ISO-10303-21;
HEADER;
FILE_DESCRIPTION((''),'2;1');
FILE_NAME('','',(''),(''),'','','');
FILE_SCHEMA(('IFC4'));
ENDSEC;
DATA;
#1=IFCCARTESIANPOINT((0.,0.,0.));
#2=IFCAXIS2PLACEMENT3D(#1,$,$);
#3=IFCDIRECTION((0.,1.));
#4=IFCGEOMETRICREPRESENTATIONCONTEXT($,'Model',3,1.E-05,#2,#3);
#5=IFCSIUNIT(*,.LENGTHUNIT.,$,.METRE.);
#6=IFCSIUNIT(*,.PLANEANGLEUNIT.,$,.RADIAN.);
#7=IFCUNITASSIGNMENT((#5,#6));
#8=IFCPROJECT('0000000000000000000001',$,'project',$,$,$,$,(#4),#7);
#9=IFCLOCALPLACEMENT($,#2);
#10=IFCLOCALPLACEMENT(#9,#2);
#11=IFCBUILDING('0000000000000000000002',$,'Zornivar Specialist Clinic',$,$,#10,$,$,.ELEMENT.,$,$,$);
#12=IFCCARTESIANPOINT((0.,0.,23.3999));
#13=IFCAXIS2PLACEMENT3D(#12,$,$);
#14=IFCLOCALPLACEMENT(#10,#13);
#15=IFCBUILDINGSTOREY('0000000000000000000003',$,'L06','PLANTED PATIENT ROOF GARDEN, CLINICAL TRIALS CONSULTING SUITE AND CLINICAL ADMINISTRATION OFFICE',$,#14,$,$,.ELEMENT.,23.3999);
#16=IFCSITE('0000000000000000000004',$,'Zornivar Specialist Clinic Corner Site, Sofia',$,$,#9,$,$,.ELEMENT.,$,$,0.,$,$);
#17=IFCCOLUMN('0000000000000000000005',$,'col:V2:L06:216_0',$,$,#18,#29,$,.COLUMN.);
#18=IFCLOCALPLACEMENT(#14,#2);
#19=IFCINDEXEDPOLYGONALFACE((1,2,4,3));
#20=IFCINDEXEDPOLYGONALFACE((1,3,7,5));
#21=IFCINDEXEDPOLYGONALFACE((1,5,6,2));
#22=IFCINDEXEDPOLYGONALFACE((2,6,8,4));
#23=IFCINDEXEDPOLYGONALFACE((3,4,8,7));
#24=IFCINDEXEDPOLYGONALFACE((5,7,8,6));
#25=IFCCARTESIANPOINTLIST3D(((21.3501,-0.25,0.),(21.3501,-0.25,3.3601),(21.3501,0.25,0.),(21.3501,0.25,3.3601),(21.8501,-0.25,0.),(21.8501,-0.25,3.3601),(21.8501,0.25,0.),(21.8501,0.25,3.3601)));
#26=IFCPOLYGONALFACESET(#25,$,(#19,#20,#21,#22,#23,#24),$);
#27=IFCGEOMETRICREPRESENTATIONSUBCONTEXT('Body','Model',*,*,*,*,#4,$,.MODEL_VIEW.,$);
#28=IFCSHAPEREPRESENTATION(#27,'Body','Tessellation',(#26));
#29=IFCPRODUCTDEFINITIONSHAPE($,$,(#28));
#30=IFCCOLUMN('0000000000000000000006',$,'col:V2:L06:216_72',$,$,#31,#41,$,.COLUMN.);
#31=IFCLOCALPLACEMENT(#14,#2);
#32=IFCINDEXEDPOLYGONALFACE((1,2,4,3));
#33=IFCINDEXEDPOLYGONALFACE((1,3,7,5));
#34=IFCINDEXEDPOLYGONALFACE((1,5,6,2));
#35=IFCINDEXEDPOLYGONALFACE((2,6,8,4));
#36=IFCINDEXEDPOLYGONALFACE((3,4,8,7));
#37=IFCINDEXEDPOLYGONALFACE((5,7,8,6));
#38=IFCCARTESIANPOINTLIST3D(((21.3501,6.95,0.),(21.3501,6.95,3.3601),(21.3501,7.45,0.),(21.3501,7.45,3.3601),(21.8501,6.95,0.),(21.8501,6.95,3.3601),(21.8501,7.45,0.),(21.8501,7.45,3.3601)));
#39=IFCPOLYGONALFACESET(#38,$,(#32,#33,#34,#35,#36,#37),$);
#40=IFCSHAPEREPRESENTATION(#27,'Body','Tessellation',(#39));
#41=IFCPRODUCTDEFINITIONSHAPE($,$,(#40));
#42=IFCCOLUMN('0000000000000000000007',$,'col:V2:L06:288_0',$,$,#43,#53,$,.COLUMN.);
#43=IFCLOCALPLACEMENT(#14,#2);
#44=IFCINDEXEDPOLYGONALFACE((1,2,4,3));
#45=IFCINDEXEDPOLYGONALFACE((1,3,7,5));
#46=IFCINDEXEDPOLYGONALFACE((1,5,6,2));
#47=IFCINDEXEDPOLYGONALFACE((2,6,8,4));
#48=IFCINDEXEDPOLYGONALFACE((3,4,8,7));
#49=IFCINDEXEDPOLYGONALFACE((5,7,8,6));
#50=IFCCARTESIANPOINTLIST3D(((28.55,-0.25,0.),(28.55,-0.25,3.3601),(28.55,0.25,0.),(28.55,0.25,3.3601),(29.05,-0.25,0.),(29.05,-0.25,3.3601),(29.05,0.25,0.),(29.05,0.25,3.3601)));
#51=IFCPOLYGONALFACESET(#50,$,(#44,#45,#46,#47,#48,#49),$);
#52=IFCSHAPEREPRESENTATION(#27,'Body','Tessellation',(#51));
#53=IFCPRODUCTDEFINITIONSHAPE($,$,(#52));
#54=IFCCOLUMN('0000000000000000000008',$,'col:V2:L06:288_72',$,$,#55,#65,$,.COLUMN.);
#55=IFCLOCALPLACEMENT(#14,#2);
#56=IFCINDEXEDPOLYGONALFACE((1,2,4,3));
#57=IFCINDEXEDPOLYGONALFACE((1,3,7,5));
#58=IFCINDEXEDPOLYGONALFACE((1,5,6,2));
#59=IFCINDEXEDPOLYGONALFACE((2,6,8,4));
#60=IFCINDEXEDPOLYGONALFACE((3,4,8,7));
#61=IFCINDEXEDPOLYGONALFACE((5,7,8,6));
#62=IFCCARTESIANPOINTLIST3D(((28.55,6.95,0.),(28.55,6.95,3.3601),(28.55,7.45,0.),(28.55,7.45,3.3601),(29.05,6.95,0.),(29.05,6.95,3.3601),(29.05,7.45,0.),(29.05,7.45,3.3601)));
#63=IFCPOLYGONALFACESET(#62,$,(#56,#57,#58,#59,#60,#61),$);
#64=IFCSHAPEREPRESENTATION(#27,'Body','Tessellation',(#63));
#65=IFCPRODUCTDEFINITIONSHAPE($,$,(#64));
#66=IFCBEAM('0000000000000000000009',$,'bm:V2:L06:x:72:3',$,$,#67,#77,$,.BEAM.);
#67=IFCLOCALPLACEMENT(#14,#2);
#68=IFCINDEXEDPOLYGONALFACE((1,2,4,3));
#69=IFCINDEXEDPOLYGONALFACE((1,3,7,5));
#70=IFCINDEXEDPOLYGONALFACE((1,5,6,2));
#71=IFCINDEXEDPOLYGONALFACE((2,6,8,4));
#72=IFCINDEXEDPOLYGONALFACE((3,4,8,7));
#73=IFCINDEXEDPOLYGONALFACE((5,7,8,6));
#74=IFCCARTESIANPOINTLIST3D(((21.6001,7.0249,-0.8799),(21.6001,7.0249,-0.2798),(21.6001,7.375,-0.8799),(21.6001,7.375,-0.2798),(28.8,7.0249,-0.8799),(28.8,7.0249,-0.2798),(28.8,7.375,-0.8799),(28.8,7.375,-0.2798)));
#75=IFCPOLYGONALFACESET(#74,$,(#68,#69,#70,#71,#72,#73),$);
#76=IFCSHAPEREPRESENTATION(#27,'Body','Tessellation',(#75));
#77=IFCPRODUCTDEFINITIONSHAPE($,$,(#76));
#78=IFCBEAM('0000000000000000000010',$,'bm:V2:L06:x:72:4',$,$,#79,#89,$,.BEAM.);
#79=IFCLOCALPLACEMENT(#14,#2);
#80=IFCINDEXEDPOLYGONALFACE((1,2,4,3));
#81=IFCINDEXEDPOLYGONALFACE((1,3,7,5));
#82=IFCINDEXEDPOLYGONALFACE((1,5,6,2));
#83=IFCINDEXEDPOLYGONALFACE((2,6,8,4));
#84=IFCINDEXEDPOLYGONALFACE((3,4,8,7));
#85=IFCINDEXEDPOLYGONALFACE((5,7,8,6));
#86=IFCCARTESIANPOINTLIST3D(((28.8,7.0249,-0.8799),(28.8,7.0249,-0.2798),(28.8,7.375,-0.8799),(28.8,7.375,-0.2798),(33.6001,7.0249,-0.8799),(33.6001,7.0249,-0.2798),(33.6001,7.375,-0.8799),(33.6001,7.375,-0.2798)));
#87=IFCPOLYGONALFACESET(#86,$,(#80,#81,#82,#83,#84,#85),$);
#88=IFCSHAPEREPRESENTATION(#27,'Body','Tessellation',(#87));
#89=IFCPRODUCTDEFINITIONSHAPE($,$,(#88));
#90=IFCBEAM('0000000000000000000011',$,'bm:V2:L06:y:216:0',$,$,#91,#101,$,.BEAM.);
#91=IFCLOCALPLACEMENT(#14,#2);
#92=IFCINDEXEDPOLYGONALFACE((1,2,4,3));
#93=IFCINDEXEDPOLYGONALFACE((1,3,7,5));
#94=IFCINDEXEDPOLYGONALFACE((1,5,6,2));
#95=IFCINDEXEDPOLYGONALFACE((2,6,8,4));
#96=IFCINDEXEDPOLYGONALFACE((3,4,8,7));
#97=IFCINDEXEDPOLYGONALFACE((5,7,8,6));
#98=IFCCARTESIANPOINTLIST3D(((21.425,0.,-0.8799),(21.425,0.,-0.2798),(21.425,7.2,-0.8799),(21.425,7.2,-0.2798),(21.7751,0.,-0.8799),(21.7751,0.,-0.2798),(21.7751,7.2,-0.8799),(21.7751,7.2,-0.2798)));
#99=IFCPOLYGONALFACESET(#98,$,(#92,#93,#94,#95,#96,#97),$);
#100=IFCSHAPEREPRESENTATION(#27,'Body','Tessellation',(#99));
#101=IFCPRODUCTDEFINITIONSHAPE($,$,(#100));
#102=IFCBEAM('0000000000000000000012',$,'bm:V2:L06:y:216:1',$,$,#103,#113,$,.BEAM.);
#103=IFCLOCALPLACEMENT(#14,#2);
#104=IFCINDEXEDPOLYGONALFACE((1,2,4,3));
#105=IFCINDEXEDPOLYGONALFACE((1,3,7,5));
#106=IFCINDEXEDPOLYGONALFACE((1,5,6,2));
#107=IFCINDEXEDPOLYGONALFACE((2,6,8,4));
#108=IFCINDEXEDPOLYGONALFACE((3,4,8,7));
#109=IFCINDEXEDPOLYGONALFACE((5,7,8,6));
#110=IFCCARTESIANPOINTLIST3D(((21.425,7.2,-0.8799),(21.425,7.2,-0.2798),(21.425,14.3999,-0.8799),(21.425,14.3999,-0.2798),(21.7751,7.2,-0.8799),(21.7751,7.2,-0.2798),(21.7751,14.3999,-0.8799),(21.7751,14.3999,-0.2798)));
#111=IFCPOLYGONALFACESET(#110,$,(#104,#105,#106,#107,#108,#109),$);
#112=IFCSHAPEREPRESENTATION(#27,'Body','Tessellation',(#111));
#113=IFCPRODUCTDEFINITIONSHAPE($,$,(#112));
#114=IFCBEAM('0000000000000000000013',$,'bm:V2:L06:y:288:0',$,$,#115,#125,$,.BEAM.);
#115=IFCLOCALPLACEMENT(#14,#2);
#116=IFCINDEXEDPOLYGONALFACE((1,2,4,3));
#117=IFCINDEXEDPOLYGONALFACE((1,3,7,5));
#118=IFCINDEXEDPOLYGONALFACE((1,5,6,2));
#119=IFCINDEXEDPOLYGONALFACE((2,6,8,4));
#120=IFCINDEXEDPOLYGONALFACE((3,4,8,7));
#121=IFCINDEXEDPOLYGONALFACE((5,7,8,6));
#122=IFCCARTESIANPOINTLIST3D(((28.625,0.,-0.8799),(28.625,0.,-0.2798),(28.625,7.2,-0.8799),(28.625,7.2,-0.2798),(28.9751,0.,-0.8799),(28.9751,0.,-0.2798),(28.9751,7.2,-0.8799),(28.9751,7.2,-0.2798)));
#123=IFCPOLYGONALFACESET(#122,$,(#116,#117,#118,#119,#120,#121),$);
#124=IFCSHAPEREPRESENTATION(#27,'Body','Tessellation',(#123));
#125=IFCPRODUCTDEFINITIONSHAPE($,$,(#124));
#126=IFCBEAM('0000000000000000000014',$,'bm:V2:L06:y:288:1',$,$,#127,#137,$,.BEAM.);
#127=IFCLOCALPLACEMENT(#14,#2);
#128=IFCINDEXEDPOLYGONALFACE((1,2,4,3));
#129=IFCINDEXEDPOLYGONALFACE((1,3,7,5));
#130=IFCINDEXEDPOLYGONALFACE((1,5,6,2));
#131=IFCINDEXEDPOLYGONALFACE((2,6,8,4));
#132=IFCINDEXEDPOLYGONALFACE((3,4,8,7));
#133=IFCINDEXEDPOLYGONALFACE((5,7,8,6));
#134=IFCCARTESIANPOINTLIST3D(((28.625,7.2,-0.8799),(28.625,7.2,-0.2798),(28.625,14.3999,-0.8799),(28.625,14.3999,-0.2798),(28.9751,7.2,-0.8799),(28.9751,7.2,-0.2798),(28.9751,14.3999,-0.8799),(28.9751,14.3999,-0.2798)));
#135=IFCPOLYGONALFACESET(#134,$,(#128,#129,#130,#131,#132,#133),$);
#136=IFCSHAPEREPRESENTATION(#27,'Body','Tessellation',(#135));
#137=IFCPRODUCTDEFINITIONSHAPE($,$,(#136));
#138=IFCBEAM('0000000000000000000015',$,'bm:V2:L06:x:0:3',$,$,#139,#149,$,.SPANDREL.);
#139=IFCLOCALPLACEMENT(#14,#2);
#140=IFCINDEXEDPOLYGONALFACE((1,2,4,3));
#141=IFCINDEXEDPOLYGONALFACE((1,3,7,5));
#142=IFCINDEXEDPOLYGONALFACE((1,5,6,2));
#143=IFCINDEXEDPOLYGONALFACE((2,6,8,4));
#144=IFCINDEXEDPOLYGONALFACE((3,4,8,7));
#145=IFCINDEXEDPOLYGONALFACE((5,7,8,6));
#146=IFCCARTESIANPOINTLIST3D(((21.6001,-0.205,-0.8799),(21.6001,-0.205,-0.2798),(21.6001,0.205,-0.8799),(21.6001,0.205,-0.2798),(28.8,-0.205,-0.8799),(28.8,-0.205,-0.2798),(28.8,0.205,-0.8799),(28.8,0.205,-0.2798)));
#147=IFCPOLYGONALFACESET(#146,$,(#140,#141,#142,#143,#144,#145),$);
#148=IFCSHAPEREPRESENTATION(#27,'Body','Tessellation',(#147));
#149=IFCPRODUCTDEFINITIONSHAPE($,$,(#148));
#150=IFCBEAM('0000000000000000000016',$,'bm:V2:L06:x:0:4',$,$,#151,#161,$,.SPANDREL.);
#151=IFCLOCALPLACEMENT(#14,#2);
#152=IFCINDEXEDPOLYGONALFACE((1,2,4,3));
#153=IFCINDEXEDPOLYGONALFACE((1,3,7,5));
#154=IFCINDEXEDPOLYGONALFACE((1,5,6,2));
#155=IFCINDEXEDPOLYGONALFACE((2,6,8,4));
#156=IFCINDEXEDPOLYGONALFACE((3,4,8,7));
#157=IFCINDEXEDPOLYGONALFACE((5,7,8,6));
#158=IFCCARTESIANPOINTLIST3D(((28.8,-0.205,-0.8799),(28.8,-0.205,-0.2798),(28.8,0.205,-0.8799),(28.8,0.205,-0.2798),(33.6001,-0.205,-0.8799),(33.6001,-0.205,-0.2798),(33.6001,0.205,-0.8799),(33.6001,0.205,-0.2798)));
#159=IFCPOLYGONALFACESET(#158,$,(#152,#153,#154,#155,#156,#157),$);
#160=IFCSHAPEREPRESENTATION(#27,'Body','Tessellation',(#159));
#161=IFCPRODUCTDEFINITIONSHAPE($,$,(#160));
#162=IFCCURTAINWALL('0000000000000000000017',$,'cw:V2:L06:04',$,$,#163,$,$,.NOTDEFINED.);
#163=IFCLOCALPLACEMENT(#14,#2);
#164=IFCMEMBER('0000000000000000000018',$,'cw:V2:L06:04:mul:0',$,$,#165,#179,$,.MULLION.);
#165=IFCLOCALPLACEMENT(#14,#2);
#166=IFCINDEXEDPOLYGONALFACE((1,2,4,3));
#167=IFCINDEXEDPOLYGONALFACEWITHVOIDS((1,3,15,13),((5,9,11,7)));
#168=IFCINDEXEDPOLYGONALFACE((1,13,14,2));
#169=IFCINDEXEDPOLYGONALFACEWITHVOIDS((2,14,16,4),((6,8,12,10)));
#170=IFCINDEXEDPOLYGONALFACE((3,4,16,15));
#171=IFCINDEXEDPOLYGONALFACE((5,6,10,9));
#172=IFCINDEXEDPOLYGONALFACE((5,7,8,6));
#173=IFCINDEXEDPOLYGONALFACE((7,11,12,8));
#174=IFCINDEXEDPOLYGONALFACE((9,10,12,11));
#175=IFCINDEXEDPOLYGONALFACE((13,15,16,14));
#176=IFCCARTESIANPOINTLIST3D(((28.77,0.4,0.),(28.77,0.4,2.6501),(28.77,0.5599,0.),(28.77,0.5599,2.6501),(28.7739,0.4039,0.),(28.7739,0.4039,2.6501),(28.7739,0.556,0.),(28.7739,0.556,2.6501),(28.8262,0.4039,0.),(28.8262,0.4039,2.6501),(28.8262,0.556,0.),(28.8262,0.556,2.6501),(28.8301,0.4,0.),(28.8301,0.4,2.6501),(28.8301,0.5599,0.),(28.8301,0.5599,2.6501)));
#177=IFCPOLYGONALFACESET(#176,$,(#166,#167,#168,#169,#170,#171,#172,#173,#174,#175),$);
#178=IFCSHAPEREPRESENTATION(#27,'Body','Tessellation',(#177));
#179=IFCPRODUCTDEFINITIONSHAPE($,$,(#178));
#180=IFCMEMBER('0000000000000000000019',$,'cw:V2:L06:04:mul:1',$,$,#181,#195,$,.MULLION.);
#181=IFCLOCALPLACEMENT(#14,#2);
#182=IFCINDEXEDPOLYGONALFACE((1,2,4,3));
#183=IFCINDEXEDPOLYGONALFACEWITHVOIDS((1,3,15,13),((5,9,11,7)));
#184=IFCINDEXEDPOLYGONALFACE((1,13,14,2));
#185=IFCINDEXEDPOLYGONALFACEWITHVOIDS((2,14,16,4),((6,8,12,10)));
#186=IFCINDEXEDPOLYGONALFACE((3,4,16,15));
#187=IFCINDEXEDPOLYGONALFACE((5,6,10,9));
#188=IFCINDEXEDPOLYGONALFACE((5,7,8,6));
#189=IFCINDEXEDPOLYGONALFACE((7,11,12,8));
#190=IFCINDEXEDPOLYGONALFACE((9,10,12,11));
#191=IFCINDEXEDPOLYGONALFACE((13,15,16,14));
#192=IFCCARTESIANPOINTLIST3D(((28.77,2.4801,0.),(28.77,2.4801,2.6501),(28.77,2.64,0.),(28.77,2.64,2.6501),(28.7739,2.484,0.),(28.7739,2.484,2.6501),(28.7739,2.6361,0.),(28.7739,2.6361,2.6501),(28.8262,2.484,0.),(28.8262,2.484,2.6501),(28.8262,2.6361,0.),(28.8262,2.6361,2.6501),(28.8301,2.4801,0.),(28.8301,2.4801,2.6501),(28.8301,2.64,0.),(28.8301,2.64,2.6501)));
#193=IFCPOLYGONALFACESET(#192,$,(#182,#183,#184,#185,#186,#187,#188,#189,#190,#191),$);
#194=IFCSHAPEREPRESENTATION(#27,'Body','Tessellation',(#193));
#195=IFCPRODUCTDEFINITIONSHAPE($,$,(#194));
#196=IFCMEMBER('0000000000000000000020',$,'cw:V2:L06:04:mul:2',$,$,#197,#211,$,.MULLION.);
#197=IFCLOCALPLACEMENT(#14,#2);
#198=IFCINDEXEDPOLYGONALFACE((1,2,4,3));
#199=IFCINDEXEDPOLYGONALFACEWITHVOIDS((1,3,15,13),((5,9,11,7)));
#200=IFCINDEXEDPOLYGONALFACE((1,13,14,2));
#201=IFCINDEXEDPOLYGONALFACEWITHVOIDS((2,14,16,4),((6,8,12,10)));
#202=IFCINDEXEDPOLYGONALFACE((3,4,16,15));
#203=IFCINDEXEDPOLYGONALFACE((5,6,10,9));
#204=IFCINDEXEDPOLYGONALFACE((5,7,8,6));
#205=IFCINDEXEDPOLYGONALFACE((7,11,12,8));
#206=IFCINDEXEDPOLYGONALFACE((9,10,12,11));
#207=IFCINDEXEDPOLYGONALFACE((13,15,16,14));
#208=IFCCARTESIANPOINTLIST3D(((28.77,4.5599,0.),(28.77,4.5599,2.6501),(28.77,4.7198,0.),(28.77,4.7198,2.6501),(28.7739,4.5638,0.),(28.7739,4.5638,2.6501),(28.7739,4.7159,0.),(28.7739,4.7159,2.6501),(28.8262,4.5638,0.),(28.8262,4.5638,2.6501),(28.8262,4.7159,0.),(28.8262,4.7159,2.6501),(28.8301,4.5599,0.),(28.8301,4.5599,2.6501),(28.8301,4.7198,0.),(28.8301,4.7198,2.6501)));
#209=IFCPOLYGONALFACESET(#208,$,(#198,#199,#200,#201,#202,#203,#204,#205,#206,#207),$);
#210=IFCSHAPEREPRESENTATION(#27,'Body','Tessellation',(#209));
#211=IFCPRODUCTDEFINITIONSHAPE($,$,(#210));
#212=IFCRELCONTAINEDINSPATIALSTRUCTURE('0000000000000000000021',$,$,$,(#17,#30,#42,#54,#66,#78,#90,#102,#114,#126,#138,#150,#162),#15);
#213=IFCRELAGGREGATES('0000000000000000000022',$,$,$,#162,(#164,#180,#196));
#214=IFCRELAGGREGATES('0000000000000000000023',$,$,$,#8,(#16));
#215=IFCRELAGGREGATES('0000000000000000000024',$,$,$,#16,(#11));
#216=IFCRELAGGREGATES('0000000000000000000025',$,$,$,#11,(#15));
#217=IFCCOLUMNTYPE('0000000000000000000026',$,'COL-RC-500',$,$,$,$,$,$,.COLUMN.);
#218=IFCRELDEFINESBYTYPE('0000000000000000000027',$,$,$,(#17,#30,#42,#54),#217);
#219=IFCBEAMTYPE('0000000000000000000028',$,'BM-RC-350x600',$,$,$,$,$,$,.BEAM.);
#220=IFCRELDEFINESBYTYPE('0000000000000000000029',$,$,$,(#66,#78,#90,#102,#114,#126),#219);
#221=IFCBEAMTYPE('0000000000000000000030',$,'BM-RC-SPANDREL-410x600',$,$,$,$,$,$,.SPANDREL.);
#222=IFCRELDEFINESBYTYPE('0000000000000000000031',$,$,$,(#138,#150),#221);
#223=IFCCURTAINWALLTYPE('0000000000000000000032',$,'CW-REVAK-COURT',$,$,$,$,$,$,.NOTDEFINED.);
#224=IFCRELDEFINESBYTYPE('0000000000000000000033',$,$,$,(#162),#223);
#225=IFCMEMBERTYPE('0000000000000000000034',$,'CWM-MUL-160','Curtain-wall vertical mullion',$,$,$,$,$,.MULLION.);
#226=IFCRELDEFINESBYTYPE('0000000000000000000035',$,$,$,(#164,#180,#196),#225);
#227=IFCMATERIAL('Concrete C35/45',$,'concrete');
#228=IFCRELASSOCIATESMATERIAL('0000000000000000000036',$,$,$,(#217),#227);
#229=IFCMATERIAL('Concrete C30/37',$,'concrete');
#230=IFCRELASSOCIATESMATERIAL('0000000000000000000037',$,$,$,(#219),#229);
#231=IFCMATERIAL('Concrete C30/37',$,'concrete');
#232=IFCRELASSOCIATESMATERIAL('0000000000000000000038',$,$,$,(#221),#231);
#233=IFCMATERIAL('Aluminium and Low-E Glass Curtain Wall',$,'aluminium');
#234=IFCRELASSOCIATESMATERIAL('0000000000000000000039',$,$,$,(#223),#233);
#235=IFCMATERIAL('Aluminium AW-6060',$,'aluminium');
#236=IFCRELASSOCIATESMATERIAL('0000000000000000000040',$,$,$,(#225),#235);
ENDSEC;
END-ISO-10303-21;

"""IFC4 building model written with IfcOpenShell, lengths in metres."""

from ifc_helpers import new_model, si_unit, direction, frame, origin, origin_2d, place, context, subcontext, project, spatial, rectangle, hollow_rectangle, extrude, material, material_profile, profile_set, type_object, element, aggregate, save


model = new_model("IFC4")

# Units and contexts
model_context = context("Model", 3, precision=1e-05, world=origin(), true_north=direction((0.0, 1.0)))
body_context = subcontext(model_context, "Body", "Model", "MODEL_VIEW")
ifc_project = project(units=[si_unit("LENGTHUNIT", "METRE"), si_unit("PLANEANGLEUNIT", "RADIAN")], contexts=[model_context])

# Site, building, storey
site_placement = place(None, origin())
site = spatial("IfcSite", under=ifc_project, at=site_placement, Name="Zornivar Specialist Clinic Corner Site, Sofia", CompositionType="ELEMENT", RefElevation=0.0)
building_placement = place(site_placement, origin())
building = spatial("IfcBuilding", under=site, at=building_placement, Name="Zornivar Specialist Clinic", CompositionType="ELEMENT")
storey_placement = place(building_placement, frame((0.0, 0.0, 23.3999)))
storey = spatial("IfcBuildingStorey", under=building, at=storey_placement, Name="L06", Description="PLANTED PATIENT ROOF GARDEN, CLINICAL TRIALS CONSULTING SUITE AND CLINICAL ADMINISTRATION OFFICE", CompositionType="ELEMENT", Elevation=23.3999)

# Columns
ifc_material_1 = material(Name="Concrete C35/45", Category="concrete")
ifc_material_profile_1 = material_profile(ifc_material_1, rectangle(XDim=0.5, YDim=0.5, at=origin_2d()), Name="RC 500x500")
ifc_profile_set_1 = profile_set([ifc_material_profile_1], Name="Concrete C35/45")
column_type = type_object("IfcColumnType", Name="COL-RC-500", PredefinedType="COLUMN", material=ifc_profile_set_1)
for number, where, z_axis, x_axis, name in (
    (1, (21.6001, 0.0, 0.0), (0.0, 0.0, 1.0), (1.0, 0.0, 0.0), "col:V2:L06:216_0"),
    (2, (21.6001, 7.2, 0.0), (0.0, 0.0, 1.0), (1.0, 0.0, 0.0), "col:V2:L06:216_72"),
    (3, (28.8, 0.0, 0.0), (0.0, 0.0, 1.0), (1.0, 0.0, 0.0), "col:V2:L06:288_0"),
    (4, (28.8, 7.2, 0.0), (0.0, 0.0, 1.0), (1.0, 0.0, 0.0), "col:V2:L06:288_72"),
):
    element("IfcColumn", number, at=place(storey_placement, frame(where, z_axis=z_axis, x_axis=x_axis)), inside=storey, type_object=column_type, Name=name, PredefinedType="COLUMN", context=body_context, shape_type="SweptSolid", body=[
        extrude(rectangle(XDim=0.5, YDim=0.5, at=origin_2d()), origin(), (0.0, 0.0, 1.0), 3.3601),
    ])

# Beams
ifc_material_2 = material(Name="Concrete C30/37", Category="concrete")
ifc_material_profile_2 = material_profile(ifc_material_2, rectangle(XDim=0.3501, YDim=0.6001, at=origin_2d()), Name="RC 350x600")
ifc_profile_set_2 = profile_set([ifc_material_profile_2], Name="Concrete C30/37")
beam_type_1 = type_object("IfcBeamType", Name="BM-RC-350x600", PredefinedType="BEAM", material=ifc_profile_set_2)
beam_1_placement = place(storey_placement, frame((21.6001, 7.2, -0.5798), z_axis=(1.0, 0.0, 0.0), x_axis=(0.0, 1.0, 0.0)))
element("IfcBeam", 5, at=beam_1_placement, inside=storey, type_object=beam_type_1, Name="bm:V2:L06:x:72:3", PredefinedType="BEAM", context=body_context, shape_type="SweptSolid", body=[
    extrude(rectangle(XDim=0.3501, YDim=0.6001, at=origin_2d()), origin(), (0.0, 0.0, 1.0), 7.2),
])
beam_2_placement = place(storey_placement, frame((28.8, 7.2, -0.5798), z_axis=(1.0, 0.0, 0.0), x_axis=(0.0, 1.0, 0.0)))
element("IfcBeam", 6, at=beam_2_placement, inside=storey, type_object=beam_type_1, Name="bm:V2:L06:x:72:4", PredefinedType="BEAM", context=body_context, shape_type="SweptSolid", body=[
    extrude(rectangle(XDim=0.3501, YDim=0.6001, at=origin_2d()), origin(), (0.0, 0.0, 1.0), 4.8),
])
for number, where, z_axis, x_axis, name in (
    (7, (21.6001, 0.0, -0.5798), (0.0, 1.0, 0.0), (-1.0, 0.0, 0.0), "bm:V2:L06:y:216:0"),
    (8, (21.6001, 7.2, -0.5798), (0.0, 1.0, 0.0), (-1.0, 0.0, 0.0), "bm:V2:L06:y:216:1"),
    (9, (28.8, 0.0, -0.5798), (0.0, 1.0, 0.0), (-1.0, 0.0, 0.0), "bm:V2:L06:y:288:0"),
    (10, (28.8, 7.2, -0.5798), (0.0, 1.0, 0.0), (-1.0, 0.0, 0.0), "bm:V2:L06:y:288:1"),
):
    element("IfcBeam", number, at=place(storey_placement, frame(where, z_axis=z_axis, x_axis=x_axis)), inside=storey, type_object=beam_type_1, Name=name, PredefinedType="BEAM", context=body_context, shape_type="SweptSolid", body=[
        extrude(rectangle(XDim=0.3501, YDim=0.6001, at=origin_2d()), origin(), (0.0, 0.0, 1.0), 7.2),
    ])
ifc_material_3 = material(Name="Concrete C30/37", Category="concrete")
ifc_material_profile_3 = material_profile(ifc_material_3, rectangle(XDim=0.4099, YDim=0.6001, at=origin_2d()), Name="RC 410x600")
ifc_profile_set_3 = profile_set([ifc_material_profile_3], Name="Concrete C30/37")
beam_type_2 = type_object("IfcBeamType", Name="BM-RC-SPANDREL-410x600", PredefinedType="SPANDREL", material=ifc_profile_set_3)
beam_3_placement = place(storey_placement, frame((21.6001, 0.0, -0.5798), z_axis=(1.0, 0.0, 0.0), x_axis=(0.0, 1.0, 0.0)))
element("IfcBeam", 11, at=beam_3_placement, inside=storey, type_object=beam_type_2, Name="bm:V2:L06:x:0:3", PredefinedType="SPANDREL", context=body_context, shape_type="SweptSolid", body=[
    extrude(rectangle(XDim=0.4099, YDim=0.6001, at=origin_2d()), origin(), (0.0, 0.0, 1.0), 7.2),
])
beam_4_placement = place(storey_placement, frame((28.8, 0.0, -0.5798), z_axis=(1.0, 0.0, 0.0), x_axis=(0.0, 1.0, 0.0)))
element("IfcBeam", 12, at=beam_4_placement, inside=storey, type_object=beam_type_2, Name="bm:V2:L06:x:0:4", PredefinedType="SPANDREL", context=body_context, shape_type="SweptSolid", body=[
    extrude(rectangle(XDim=0.4099, YDim=0.6001, at=origin_2d()), origin(), (0.0, 0.0, 1.0), 4.8),
])

# Curtain wall, members
ifc_material_4 = material(Name="Aluminium and Low-E Glass Curtain Wall", Category="aluminium")
curtain_wall_type = type_object("IfcCurtainWallType", Name="CW-REVAK-COURT", PredefinedType="NOTDEFINED", material=ifc_material_4)
curtain_wall_placement = place(storey_placement, origin())
curtain_wall = element("IfcCurtainWall", 13, at=curtain_wall_placement, inside=storey, type_object=curtain_wall_type, Name="cw:V2:L06:04", PredefinedType="NOTDEFINED")
ifc_material_5 = material(Name="Aluminium AW-6060", Category="aluminium")
ifc_material_profile_4 = material_profile(ifc_material_5, hollow_rectangle(XDim=0.0601, YDim=0.1599, WallThickness=0.0039, at=origin_2d()), Name="ALU 60x160x4")
ifc_profile_set_4 = profile_set([ifc_material_profile_4], Name="Aluminium AW-6060")
member_type_1 = type_object("IfcMemberType", Name="CWM-MUL-160", Description="Curtain-wall vertical mullion", PredefinedType="MULLION", material=ifc_profile_set_4)
member_1_placement = place(storey_placement, frame((28.8, 0.48, 0.0), z_axis=(0.0, 0.0, 1.0), x_axis=(1.0, 0.0, 0.0)))
member_1 = element("IfcMember", 14, at=member_1_placement, type_object=member_type_1, Name="cw:V2:L06:04:mul:0", PredefinedType="MULLION", context=body_context, shape_type="SweptSolid", body=[
    extrude(hollow_rectangle(XDim=0.0601, YDim=0.1599, WallThickness=0.0039, at=origin_2d()), origin(), (0.0, 0.0, 1.0), 2.6501),
])
member_2_placement = place(storey_placement, frame((28.8, 2.5601, 0.0), z_axis=(0.0, 0.0, 1.0), x_axis=(1.0, 0.0, 0.0)))
member_2 = element("IfcMember", 15, at=member_2_placement, type_object=member_type_1, Name="cw:V2:L06:04:mul:1", PredefinedType="MULLION", context=body_context, shape_type="SweptSolid", body=[
    extrude(hollow_rectangle(XDim=0.0601, YDim=0.1599, WallThickness=0.0039, at=origin_2d()), origin(), (0.0, 0.0, 1.0), 2.6501),
])
member_3_placement = place(storey_placement, frame((28.8, 4.6399, 0.0), z_axis=(0.0, 0.0, 1.0), x_axis=(1.0, 0.0, 0.0)))
member_3 = element("IfcMember", 16, at=member_3_placement, type_object=member_type_1, Name="cw:V2:L06:04:mul:2", PredefinedType="MULLION", context=body_context, shape_type="SweptSolid", body=[
    extrude(hollow_rectangle(XDim=0.0601, YDim=0.1599, WallThickness=0.0039, at=origin_2d()), origin(), (0.0, 0.0, 1.0), 2.6501),
])
aggregate(curtain_wall, [member_1, member_2, member_3])

save(model, "model.ifc")
